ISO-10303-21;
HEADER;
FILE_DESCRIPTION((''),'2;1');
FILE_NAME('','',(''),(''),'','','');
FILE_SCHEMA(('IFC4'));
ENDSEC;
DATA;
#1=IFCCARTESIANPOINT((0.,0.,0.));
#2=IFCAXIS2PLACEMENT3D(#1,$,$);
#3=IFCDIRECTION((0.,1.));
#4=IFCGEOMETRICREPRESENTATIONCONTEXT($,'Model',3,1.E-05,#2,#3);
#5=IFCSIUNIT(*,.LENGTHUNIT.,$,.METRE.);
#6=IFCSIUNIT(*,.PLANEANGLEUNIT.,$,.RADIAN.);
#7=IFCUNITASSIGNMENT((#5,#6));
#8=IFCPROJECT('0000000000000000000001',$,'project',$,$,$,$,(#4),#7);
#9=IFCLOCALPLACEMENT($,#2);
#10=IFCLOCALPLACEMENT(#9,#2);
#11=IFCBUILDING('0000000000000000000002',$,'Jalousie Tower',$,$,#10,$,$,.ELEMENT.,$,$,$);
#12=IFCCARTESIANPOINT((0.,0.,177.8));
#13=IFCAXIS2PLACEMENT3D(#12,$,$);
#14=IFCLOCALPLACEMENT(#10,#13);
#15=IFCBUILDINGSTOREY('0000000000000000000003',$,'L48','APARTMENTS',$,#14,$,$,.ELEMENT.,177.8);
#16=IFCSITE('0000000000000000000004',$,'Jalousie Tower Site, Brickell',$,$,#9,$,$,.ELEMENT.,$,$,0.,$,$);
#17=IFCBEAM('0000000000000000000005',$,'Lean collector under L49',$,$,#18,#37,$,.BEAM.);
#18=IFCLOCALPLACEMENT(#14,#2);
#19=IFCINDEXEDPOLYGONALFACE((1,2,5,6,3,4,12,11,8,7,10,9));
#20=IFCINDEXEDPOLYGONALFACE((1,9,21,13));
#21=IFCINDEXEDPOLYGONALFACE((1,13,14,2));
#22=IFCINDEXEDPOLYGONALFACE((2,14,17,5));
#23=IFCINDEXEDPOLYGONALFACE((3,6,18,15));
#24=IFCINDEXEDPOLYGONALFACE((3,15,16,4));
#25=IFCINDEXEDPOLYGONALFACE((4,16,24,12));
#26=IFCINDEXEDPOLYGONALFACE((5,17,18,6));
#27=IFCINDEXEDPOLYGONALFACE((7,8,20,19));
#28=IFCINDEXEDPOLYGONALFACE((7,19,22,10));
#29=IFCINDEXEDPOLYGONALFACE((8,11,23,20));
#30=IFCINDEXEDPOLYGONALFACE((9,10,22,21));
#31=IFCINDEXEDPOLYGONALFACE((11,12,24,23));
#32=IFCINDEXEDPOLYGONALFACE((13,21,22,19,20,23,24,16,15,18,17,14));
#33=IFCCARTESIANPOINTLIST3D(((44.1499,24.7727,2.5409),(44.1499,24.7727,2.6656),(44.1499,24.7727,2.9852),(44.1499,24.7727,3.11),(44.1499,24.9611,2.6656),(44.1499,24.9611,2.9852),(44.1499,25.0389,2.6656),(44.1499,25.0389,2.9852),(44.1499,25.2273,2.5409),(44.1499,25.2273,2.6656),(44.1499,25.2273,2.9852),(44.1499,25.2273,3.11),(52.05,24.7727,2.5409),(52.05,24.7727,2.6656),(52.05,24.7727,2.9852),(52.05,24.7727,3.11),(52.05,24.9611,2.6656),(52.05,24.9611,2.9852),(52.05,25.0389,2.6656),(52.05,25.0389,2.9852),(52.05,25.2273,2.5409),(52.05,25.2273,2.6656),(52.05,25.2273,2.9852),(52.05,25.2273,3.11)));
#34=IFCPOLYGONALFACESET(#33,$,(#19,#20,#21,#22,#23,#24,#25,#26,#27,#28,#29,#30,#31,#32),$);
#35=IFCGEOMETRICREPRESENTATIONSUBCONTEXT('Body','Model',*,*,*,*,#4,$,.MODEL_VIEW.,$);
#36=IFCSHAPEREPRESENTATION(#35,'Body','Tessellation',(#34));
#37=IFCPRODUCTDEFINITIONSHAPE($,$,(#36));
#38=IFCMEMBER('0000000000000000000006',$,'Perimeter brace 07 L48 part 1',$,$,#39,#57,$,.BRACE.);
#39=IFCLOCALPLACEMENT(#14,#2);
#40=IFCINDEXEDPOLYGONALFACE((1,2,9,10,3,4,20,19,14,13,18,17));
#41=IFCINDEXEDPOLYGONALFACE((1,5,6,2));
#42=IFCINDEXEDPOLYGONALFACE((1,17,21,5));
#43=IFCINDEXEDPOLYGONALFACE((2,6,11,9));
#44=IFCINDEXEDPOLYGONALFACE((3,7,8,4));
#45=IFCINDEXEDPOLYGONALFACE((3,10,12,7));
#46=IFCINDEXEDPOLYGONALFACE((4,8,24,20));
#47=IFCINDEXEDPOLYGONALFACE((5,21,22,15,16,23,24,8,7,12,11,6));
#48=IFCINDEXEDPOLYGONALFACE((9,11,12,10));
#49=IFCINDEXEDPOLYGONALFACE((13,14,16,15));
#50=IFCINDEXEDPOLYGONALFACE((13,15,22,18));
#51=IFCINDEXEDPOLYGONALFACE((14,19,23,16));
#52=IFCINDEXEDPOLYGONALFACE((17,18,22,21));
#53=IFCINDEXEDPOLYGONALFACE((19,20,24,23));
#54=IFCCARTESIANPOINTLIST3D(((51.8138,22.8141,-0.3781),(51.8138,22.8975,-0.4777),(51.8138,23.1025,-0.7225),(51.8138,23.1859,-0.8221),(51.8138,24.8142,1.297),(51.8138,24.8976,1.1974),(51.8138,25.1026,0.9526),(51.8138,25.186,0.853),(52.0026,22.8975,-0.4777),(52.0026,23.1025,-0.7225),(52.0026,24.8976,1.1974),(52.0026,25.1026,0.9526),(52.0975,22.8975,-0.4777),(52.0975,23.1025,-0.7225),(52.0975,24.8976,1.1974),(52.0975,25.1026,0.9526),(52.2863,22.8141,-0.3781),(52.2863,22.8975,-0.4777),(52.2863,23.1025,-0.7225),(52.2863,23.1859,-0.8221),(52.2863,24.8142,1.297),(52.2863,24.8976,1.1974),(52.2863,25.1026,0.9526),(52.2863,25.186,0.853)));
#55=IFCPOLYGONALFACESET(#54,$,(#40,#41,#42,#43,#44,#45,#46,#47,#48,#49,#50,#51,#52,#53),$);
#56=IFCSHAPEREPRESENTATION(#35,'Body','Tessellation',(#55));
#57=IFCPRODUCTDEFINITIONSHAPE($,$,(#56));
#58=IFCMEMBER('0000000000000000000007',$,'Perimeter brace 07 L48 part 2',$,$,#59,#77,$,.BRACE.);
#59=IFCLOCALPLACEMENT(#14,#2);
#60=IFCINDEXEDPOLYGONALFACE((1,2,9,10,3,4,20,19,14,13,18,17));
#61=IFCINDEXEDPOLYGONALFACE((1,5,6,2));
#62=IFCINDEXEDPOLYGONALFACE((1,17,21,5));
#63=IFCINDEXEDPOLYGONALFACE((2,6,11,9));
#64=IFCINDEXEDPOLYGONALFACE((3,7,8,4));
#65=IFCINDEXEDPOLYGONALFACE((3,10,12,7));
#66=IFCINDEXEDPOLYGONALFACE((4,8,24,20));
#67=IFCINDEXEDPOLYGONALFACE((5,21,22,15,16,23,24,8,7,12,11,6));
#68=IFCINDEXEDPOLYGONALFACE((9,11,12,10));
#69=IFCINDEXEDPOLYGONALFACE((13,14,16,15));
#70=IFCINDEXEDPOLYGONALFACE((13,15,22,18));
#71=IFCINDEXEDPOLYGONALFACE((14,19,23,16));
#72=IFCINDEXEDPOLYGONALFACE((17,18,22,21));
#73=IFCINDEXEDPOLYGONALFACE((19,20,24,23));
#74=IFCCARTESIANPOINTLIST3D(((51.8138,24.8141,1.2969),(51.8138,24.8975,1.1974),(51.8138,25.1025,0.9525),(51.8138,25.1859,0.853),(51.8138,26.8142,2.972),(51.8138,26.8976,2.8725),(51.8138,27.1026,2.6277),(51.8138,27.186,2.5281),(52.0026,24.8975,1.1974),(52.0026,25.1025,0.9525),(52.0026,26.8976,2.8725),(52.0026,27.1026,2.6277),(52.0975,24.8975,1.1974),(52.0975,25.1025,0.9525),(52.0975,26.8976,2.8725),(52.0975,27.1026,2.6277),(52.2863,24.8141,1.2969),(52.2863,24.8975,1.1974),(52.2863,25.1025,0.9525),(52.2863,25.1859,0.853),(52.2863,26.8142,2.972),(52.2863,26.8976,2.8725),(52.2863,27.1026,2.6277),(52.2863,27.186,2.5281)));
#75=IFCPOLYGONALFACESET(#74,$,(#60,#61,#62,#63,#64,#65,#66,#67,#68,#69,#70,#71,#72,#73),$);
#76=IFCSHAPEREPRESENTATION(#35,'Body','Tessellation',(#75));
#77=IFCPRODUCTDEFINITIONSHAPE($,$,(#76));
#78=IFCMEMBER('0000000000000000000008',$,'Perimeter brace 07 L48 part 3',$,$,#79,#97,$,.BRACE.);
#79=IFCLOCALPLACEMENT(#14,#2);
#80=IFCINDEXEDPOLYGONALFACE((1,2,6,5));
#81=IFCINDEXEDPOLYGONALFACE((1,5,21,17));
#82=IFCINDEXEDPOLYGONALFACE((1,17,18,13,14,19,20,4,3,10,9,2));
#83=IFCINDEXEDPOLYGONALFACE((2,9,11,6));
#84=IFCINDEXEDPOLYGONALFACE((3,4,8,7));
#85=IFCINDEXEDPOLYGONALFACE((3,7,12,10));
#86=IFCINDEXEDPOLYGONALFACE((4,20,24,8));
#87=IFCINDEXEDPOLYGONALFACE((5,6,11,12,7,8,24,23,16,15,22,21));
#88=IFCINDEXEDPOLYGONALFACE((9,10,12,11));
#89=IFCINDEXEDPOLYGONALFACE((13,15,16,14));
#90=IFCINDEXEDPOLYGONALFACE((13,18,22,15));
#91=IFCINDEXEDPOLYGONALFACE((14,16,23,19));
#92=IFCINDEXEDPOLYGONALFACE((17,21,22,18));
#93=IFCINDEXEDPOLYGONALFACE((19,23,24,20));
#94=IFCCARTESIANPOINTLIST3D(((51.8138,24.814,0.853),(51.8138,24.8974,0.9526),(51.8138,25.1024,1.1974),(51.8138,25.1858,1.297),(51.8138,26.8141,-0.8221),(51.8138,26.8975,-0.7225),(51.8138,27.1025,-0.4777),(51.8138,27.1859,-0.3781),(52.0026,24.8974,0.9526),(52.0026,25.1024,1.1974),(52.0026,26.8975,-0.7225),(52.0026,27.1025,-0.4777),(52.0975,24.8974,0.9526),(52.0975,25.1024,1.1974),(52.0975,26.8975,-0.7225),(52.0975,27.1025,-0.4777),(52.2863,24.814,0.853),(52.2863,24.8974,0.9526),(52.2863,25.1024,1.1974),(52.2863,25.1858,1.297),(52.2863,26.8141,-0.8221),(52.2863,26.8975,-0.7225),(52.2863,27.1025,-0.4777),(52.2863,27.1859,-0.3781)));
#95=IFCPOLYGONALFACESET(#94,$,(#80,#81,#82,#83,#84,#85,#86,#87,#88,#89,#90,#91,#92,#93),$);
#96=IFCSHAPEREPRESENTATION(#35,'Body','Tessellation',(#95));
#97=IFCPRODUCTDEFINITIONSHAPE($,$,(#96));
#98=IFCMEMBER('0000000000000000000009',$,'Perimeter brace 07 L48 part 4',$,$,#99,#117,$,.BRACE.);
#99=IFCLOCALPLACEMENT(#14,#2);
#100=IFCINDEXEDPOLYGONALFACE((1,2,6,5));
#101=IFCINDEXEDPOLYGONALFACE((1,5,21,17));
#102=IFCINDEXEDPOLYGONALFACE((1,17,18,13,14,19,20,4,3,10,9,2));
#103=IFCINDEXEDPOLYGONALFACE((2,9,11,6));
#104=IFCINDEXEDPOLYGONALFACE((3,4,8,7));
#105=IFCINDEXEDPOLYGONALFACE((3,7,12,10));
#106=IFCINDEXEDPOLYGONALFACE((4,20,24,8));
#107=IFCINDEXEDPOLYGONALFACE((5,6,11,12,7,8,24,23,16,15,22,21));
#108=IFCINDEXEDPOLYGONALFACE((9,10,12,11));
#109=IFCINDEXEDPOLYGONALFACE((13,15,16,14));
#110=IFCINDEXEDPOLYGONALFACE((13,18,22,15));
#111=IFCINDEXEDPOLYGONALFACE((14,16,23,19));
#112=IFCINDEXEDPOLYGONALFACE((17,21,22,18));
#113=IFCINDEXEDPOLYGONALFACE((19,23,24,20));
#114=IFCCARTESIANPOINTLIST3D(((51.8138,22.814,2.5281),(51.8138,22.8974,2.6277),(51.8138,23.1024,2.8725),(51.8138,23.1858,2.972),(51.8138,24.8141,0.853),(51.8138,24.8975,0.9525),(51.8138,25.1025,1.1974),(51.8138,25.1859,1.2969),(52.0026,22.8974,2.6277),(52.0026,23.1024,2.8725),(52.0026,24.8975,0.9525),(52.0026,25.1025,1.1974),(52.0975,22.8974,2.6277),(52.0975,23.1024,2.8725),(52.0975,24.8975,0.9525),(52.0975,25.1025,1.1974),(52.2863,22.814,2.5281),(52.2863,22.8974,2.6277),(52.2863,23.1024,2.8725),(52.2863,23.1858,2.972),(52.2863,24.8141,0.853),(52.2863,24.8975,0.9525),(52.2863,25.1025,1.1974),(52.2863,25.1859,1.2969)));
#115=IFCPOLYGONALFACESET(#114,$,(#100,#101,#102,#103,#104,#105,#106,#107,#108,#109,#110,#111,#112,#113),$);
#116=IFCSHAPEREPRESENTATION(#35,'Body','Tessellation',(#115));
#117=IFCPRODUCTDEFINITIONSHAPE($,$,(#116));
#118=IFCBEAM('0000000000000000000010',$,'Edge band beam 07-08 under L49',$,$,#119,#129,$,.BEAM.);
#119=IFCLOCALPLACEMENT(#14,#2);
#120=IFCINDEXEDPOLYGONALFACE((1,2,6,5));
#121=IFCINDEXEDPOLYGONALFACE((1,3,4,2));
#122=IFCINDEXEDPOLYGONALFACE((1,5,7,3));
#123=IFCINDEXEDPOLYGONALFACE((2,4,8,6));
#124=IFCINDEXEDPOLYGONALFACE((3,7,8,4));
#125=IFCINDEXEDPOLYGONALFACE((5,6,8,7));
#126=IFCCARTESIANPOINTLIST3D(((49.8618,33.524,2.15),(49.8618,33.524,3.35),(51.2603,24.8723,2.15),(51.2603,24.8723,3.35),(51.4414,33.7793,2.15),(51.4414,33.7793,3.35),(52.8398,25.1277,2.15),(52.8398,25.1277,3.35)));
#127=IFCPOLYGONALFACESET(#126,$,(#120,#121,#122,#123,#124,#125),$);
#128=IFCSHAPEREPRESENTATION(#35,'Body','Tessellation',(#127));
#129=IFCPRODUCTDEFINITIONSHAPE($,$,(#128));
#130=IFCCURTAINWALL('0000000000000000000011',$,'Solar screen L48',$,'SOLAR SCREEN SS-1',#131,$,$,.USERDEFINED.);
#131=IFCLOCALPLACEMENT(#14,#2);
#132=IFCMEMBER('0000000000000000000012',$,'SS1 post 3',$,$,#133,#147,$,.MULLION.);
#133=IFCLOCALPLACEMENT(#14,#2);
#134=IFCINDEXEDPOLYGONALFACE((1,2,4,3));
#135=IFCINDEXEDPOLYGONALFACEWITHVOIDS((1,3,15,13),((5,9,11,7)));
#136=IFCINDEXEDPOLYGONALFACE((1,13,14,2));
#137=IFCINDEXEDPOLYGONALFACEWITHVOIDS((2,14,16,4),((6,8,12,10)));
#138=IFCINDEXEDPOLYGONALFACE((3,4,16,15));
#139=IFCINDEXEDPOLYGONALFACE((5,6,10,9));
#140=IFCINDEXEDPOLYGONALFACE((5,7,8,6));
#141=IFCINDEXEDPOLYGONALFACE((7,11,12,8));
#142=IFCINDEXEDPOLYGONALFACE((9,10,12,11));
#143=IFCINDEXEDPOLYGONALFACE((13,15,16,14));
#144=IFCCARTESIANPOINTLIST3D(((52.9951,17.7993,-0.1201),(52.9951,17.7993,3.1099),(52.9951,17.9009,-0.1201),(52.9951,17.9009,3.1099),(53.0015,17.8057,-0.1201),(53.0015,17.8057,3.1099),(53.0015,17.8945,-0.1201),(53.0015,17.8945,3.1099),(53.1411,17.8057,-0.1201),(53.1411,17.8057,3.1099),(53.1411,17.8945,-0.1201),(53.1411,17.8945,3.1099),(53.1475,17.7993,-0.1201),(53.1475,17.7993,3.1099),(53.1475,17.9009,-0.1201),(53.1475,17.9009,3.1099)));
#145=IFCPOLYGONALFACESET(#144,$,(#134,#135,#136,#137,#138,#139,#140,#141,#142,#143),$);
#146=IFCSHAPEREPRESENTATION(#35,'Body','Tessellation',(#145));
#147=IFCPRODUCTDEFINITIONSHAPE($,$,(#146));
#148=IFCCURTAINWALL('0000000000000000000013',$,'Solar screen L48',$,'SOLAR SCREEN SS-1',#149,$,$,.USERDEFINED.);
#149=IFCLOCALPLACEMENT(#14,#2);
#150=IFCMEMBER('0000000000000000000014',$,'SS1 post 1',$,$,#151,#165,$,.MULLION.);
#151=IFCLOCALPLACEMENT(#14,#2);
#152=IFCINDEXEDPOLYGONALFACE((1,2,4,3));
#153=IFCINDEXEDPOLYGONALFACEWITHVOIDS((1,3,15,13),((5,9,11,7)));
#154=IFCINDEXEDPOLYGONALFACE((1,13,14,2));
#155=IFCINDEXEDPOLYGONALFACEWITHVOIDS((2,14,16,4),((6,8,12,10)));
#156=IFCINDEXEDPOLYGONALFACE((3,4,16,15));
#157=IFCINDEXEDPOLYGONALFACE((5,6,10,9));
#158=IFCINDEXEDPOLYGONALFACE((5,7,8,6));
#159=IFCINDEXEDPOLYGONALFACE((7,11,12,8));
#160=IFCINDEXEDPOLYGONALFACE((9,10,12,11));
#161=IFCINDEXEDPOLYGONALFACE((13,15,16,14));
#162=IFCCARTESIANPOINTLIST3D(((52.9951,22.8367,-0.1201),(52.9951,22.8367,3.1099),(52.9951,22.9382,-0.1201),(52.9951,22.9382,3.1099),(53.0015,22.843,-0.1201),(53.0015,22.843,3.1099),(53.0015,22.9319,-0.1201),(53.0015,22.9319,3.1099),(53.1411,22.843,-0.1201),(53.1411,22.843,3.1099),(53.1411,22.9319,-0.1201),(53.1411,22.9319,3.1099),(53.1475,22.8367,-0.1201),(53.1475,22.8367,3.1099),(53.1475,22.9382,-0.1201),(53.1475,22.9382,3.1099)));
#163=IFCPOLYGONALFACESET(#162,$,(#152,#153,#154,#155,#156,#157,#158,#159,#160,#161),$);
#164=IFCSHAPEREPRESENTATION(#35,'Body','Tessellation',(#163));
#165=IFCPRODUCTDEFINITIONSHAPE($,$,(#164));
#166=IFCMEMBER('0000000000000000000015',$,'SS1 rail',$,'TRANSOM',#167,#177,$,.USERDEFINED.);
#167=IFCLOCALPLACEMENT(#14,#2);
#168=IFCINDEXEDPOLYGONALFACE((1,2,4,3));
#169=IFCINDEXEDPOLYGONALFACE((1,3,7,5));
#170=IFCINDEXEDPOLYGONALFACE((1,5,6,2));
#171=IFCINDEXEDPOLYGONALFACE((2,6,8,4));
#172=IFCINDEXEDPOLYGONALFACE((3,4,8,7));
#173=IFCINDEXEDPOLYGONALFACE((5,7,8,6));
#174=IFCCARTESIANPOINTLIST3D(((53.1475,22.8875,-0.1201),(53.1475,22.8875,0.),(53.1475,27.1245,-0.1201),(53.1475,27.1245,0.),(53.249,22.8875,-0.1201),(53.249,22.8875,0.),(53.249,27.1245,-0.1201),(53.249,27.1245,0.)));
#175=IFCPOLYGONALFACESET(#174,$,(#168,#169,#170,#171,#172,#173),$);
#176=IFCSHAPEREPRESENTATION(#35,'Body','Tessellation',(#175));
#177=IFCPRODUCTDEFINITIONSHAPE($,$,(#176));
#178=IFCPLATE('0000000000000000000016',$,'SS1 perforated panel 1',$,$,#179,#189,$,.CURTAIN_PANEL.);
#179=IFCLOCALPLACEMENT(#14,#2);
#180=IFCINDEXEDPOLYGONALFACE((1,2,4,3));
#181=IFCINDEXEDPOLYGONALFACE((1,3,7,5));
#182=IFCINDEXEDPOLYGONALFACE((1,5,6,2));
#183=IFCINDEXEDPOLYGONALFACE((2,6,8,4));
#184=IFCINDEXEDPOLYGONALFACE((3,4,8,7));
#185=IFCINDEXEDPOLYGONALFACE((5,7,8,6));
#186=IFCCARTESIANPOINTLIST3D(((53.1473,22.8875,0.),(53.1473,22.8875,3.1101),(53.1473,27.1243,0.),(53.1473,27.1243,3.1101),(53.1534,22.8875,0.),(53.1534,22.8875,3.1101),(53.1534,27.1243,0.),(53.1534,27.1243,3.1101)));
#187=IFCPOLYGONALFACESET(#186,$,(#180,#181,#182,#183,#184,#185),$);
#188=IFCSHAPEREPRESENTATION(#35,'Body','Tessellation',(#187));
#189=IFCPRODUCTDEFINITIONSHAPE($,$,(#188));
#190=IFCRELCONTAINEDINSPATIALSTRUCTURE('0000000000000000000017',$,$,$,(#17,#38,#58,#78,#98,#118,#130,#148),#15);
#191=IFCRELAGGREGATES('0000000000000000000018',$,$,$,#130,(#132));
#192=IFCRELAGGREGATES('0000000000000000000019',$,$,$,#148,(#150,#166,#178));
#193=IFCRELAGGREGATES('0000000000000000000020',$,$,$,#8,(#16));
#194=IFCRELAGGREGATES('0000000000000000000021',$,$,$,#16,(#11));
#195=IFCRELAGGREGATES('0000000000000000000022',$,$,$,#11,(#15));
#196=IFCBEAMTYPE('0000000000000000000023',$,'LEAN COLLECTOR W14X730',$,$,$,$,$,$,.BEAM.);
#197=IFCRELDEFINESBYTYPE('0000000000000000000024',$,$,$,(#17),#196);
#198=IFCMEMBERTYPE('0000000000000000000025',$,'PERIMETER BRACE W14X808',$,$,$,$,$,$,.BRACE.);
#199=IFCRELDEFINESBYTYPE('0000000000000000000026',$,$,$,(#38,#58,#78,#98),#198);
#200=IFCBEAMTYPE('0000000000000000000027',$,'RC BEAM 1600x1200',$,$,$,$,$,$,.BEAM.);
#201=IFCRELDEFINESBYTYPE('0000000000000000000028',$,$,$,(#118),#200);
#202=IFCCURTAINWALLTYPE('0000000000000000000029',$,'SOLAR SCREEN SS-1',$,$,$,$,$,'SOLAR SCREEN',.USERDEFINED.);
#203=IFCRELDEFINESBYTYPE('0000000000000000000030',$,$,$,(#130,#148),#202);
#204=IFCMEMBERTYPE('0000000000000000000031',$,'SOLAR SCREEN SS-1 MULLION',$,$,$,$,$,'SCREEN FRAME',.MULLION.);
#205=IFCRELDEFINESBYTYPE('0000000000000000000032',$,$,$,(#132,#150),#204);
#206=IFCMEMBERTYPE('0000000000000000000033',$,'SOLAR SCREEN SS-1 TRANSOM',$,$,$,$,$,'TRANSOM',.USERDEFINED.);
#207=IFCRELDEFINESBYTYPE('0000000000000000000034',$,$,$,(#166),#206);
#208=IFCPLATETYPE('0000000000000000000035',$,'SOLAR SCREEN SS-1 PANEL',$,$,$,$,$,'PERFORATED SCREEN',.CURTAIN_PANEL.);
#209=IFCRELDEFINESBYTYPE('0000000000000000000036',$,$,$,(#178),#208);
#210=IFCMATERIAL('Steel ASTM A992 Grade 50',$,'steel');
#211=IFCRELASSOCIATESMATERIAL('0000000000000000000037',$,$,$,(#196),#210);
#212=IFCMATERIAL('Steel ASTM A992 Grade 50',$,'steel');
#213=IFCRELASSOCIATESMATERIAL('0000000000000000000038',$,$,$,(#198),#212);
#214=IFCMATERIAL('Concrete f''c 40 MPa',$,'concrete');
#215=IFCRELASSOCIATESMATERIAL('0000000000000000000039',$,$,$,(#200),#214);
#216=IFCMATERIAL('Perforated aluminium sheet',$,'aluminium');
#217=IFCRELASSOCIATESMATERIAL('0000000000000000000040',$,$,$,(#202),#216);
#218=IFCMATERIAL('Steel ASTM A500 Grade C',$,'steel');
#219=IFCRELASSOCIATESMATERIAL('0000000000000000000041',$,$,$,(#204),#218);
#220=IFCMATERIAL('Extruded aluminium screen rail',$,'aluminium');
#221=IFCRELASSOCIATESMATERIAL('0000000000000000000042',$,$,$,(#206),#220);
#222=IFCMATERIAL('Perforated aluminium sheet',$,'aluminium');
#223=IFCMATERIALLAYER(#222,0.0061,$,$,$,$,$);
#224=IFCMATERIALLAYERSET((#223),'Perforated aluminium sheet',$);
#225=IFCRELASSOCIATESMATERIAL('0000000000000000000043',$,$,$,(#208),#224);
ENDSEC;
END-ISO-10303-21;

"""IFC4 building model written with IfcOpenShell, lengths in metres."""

from ifc_helpers import new_model, si_unit, direction, frame, origin, origin_2d, place, context, subcontext, project, spatial, rectangle, hollow_rectangle, i_section, extrude, material, layer, layer_set, material_profile, profile_set, type_object, element, aggregate, save


model = new_model("IFC4")

# Units and contexts
model_context = context("Model", 3, precision=1e-05, world=origin(), true_north=direction((0.0, 1.0)))
body_context = subcontext(model_context, "Body", "Model", "MODEL_VIEW")
ifc_project = project(units=[si_unit("LENGTHUNIT", "METRE"), si_unit("PLANEANGLEUNIT", "RADIAN")], contexts=[model_context])

# Site, building, storey
site_placement = place(None, origin())
site = spatial("IfcSite", under=ifc_project, at=site_placement, Name="Jalousie Tower Site, Brickell", CompositionType="ELEMENT", RefElevation=0.0)
building_placement = place(site_placement, origin())
building = spatial("IfcBuilding", under=site, at=building_placement, Name="Jalousie Tower", CompositionType="ELEMENT")
storey_placement = place(building_placement, frame((0.0, 0.0, 177.8)))
storey = spatial("IfcBuildingStorey", under=building, at=storey_placement, Name="L48", Description="APARTMENTS", CompositionType="ELEMENT", Elevation=177.8)

# Beam
ifc_material_1 = material(Name="Steel ASTM A992 Grade 50", Category="steel")
ifc_material_profile_1 = material_profile(ifc_material_1, i_section(OverallWidth=0.4546, OverallDepth=0.5691, WebThickness=0.0779, FlangeThickness=0.1248, at=origin_2d()), Name="W14X730")
ifc_profile_set_1 = profile_set([ifc_material_profile_1], Name="Steel ASTM A992 Grade 50")
beam_type_1 = type_object("IfcBeamType", Name="LEAN COLLECTOR W14X730", PredefinedType="BEAM", material=ifc_profile_set_1)
beam_1_placement = place(storey_placement, frame((52.05, 25.0, 2.8254), z_axis=(-1.0, 0.0, 0.0), x_axis=(0.0, -1.0, 0.0)))
element("IfcBeam", 1, at=beam_1_placement, inside=storey, type_object=beam_type_1, Name="Lean collector under L49", PredefinedType="BEAM", context=body_context, shape_type="SweptSolid", body=[
    extrude(i_section(OverallWidth=0.4546, OverallDepth=0.5691, WebThickness=0.0779, FlangeThickness=0.1248, at=origin_2d()), origin(), (0.0, 0.0, 1.0), 7.9001),
])

# Members
ifc_material_2 = material(Name="Steel ASTM A992 Grade 50", Category="steel")
ifc_material_profile_2 = material_profile(ifc_material_2, i_section(OverallWidth=0.4724, OverallDepth=0.5791, WebThickness=0.095, FlangeThickness=0.1299, at=origin_2d()), Name="W14X808")
ifc_profile_set_2 = profile_set([ifc_material_profile_2], Name="Steel ASTM A992 Grade 50")
member_type_1 = type_object("IfcMemberType", Name="PERIMETER BRACE W14X808", PredefinedType="BRACE", material=ifc_profile_set_2)
for number, where, z_axis, x_axis, name in (
    (2, (52.05, 23.0, -0.6001), (0.0, 0.766639, 0.642079), (-1.0, 0.0, 0.0), "Perimeter brace 07 L48 part 1"),
    (3, (52.05, 25.0, 1.075), (0.0, 0.766639, 0.642079), (-1.0, 0.0, 0.0), "Perimeter brace 07 L48 part 2"),
    (4, (52.05, 27.0, -0.6001), (0.0, -0.766639, 0.642079), (1.0, 0.0, 0.0), "Perimeter brace 07 L48 part 3"),
    (5, (52.05, 25.0, 1.075), (0.0, -0.766639, 0.642079), (1.0, 0.0, 0.0), "Perimeter brace 07 L48 part 4"),
):
    element("IfcMember", number, at=place(storey_placement, frame(where, z_axis=z_axis, x_axis=x_axis)), inside=storey, type_object=member_type_1, Name=name, PredefinedType="BRACE", context=body_context, shape_type="SweptSolid", body=[
        extrude(i_section(OverallWidth=0.4724, OverallDepth=0.5791, WebThickness=0.095, FlangeThickness=0.1299, at=origin_2d()), origin(), (0.0, 0.0, 1.0), 2.6089),
    ])

# Beam
ifc_material_3 = material(Name="Concrete f'c 40 MPa", Category="concrete")
ifc_material_profile_3 = material_profile(ifc_material_3, rectangle(XDim=1.6001, YDim=1.2, at=origin_2d()), Name="RC 1600x1200")
ifc_profile_set_3 = profile_set([ifc_material_profile_3], Name="Concrete f'c 40 MPa")
beam_type_2 = type_object("IfcBeamType", Name="RC BEAM 1600x1200", PredefinedType="BEAM", material=ifc_profile_set_3)
beam_2_placement = place(storey_placement, frame((52.05, 25.0, 2.75), z_axis=(-0.159568, 0.987187, 0.0), x_axis=(-0.987187, -0.159568, 0.0)))
element("IfcBeam", 6, at=beam_2_placement, inside=storey, type_object=beam_type_2, Name="Edge band beam 07-08 under L49", PredefinedType="BEAM", context=body_context, shape_type="SweptSolid", body=[
    extrude(rectangle(XDim=1.6001, YDim=1.2, at=origin_2d()), origin(), (0.0, 0.0, 1.0), 8.7639),
])

# Curtain wall, member
ifc_material_4 = material(Name="Perforated aluminium sheet", Category="aluminium")
curtain_wall_type = type_object("IfcCurtainWallType", Name="SOLAR SCREEN SS-1", ElementType="SOLAR SCREEN", PredefinedType="USERDEFINED", material=ifc_material_4)
curtain_wall_1_placement = place(storey_placement, origin())
curtain_wall_1 = element("IfcCurtainWall", 7, at=curtain_wall_1_placement, inside=storey, type_object=curtain_wall_type, Name="Solar screen L48", ObjectType="SOLAR SCREEN SS-1", PredefinedType="USERDEFINED")
ifc_material_5 = material(Name="Steel ASTM A500 Grade C", Category="steel")
ifc_material_profile_4 = material_profile(ifc_material_5, hollow_rectangle(XDim=0.1016, YDim=0.1523, WallThickness=0.0063, at=origin_2d()), Name="HSS6X4X1/4")
ifc_profile_set_4 = profile_set([ifc_material_profile_4], Name="Steel ASTM A500 Grade C")
member_type_2 = type_object("IfcMemberType", Name="SOLAR SCREEN SS-1 MULLION", ElementType="SCREEN FRAME", PredefinedType="MULLION", material=ifc_profile_set_4)
member_1_placement = place(storey_placement, frame((53.0713, 17.8501, -0.1201), z_axis=(0.0, 0.0, 1.0), x_axis=(0.0, 1.0, 0.0)))
member_1 = element("IfcMember", 8, at=member_1_placement, type_object=member_type_2, Name="SS1 post 3", PredefinedType="MULLION", context=body_context, shape_type="SweptSolid", body=[
    extrude(hollow_rectangle(XDim=0.1016, YDim=0.1523, WallThickness=0.0063, at=origin_2d()), origin(), (0.0, 0.0, 1.0), 3.23),
])
aggregate(curtain_wall_1, [member_1])

# Curtain wall, members, plate
curtain_wall_2_placement = place(storey_placement, origin())
curtain_wall_2 = element("IfcCurtainWall", 9, at=curtain_wall_2_placement, inside=storey, type_object=curtain_wall_type, Name="Solar screen L48", ObjectType="SOLAR SCREEN SS-1", PredefinedType="USERDEFINED")
member_2_placement = place(storey_placement, frame((53.0713, 22.8875, -0.1201), z_axis=(0.0, 0.0, 1.0), x_axis=(0.0, 1.0, 0.0)))
member_2 = element("IfcMember", 10, at=member_2_placement, type_object=member_type_2, Name="SS1 post 1", PredefinedType="MULLION", context=body_context, shape_type="SweptSolid", body=[
    extrude(hollow_rectangle(XDim=0.1016, YDim=0.1523, WallThickness=0.0063, at=origin_2d()), origin(), (0.0, 0.0, 1.0), 3.23),
])
ifc_material_6 = material(Name="Extruded aluminium screen rail", Category="aluminium")
ifc_material_profile_5 = material_profile(ifc_material_6, rectangle(XDim=0.1016, YDim=0.1201, at=origin_2d()), Name="RAIL 102x120")
ifc_profile_set_5 = profile_set([ifc_material_profile_5], Name="Extruded aluminium screen rail")
member_type_3 = type_object("IfcMemberType", Name="SOLAR SCREEN SS-1 TRANSOM", ElementType="TRANSOM", PredefinedType="USERDEFINED", material=ifc_profile_set_5)
member_3_placement = place(storey_placement, frame((53.1982, 22.8875, -0.0601), z_axis=(0.0, 1.0, 0.0), x_axis=(-1.0, 0.0, 0.0)))
member_3 = element("IfcMember", 11, at=member_3_placement, type_object=member_type_3, Name="SS1 rail", ObjectType="TRANSOM", PredefinedType="USERDEFINED", context=body_context, shape_type="SweptSolid", body=[
    extrude(rectangle(XDim=0.1016, YDim=0.1201, at=origin_2d()), origin(), (0.0, 0.0, 1.0), 4.2371),
])
ifc_material_7 = material(Name="Perforated aluminium sheet", Category="aluminium")
ifc_layer_1 = layer(ifc_material_7, 0.0061)
ifc_layer_set_1 = layer_set([ifc_layer_1], Name="Perforated aluminium sheet")
plate_type = type_object("IfcPlateType", Name="SOLAR SCREEN SS-1 PANEL", ElementType="PERFORATED SCREEN", PredefinedType="CURTAIN_PANEL", material=ifc_layer_set_1)
plate_placement = place(storey_placement, frame((53.1504, 25.0059, 0.0), z_axis=(0.0, 0.0, 1.0), x_axis=(0.0, 1.0, 0.0)))
plate = element("IfcPlate", 12, at=plate_placement, type_object=plate_type, Name="SS1 perforated panel 1", PredefinedType="CURTAIN_PANEL", context=body_context, shape_type="SweptSolid", body=[
    extrude(rectangle(XDim=4.2368, YDim=0.0061, at=origin_2d()), origin(), (0.0, 0.0, 1.0), 3.1101),
])
aggregate(curtain_wall_2, [member_2, member_3, plate])

save(model, "model.ifc")
